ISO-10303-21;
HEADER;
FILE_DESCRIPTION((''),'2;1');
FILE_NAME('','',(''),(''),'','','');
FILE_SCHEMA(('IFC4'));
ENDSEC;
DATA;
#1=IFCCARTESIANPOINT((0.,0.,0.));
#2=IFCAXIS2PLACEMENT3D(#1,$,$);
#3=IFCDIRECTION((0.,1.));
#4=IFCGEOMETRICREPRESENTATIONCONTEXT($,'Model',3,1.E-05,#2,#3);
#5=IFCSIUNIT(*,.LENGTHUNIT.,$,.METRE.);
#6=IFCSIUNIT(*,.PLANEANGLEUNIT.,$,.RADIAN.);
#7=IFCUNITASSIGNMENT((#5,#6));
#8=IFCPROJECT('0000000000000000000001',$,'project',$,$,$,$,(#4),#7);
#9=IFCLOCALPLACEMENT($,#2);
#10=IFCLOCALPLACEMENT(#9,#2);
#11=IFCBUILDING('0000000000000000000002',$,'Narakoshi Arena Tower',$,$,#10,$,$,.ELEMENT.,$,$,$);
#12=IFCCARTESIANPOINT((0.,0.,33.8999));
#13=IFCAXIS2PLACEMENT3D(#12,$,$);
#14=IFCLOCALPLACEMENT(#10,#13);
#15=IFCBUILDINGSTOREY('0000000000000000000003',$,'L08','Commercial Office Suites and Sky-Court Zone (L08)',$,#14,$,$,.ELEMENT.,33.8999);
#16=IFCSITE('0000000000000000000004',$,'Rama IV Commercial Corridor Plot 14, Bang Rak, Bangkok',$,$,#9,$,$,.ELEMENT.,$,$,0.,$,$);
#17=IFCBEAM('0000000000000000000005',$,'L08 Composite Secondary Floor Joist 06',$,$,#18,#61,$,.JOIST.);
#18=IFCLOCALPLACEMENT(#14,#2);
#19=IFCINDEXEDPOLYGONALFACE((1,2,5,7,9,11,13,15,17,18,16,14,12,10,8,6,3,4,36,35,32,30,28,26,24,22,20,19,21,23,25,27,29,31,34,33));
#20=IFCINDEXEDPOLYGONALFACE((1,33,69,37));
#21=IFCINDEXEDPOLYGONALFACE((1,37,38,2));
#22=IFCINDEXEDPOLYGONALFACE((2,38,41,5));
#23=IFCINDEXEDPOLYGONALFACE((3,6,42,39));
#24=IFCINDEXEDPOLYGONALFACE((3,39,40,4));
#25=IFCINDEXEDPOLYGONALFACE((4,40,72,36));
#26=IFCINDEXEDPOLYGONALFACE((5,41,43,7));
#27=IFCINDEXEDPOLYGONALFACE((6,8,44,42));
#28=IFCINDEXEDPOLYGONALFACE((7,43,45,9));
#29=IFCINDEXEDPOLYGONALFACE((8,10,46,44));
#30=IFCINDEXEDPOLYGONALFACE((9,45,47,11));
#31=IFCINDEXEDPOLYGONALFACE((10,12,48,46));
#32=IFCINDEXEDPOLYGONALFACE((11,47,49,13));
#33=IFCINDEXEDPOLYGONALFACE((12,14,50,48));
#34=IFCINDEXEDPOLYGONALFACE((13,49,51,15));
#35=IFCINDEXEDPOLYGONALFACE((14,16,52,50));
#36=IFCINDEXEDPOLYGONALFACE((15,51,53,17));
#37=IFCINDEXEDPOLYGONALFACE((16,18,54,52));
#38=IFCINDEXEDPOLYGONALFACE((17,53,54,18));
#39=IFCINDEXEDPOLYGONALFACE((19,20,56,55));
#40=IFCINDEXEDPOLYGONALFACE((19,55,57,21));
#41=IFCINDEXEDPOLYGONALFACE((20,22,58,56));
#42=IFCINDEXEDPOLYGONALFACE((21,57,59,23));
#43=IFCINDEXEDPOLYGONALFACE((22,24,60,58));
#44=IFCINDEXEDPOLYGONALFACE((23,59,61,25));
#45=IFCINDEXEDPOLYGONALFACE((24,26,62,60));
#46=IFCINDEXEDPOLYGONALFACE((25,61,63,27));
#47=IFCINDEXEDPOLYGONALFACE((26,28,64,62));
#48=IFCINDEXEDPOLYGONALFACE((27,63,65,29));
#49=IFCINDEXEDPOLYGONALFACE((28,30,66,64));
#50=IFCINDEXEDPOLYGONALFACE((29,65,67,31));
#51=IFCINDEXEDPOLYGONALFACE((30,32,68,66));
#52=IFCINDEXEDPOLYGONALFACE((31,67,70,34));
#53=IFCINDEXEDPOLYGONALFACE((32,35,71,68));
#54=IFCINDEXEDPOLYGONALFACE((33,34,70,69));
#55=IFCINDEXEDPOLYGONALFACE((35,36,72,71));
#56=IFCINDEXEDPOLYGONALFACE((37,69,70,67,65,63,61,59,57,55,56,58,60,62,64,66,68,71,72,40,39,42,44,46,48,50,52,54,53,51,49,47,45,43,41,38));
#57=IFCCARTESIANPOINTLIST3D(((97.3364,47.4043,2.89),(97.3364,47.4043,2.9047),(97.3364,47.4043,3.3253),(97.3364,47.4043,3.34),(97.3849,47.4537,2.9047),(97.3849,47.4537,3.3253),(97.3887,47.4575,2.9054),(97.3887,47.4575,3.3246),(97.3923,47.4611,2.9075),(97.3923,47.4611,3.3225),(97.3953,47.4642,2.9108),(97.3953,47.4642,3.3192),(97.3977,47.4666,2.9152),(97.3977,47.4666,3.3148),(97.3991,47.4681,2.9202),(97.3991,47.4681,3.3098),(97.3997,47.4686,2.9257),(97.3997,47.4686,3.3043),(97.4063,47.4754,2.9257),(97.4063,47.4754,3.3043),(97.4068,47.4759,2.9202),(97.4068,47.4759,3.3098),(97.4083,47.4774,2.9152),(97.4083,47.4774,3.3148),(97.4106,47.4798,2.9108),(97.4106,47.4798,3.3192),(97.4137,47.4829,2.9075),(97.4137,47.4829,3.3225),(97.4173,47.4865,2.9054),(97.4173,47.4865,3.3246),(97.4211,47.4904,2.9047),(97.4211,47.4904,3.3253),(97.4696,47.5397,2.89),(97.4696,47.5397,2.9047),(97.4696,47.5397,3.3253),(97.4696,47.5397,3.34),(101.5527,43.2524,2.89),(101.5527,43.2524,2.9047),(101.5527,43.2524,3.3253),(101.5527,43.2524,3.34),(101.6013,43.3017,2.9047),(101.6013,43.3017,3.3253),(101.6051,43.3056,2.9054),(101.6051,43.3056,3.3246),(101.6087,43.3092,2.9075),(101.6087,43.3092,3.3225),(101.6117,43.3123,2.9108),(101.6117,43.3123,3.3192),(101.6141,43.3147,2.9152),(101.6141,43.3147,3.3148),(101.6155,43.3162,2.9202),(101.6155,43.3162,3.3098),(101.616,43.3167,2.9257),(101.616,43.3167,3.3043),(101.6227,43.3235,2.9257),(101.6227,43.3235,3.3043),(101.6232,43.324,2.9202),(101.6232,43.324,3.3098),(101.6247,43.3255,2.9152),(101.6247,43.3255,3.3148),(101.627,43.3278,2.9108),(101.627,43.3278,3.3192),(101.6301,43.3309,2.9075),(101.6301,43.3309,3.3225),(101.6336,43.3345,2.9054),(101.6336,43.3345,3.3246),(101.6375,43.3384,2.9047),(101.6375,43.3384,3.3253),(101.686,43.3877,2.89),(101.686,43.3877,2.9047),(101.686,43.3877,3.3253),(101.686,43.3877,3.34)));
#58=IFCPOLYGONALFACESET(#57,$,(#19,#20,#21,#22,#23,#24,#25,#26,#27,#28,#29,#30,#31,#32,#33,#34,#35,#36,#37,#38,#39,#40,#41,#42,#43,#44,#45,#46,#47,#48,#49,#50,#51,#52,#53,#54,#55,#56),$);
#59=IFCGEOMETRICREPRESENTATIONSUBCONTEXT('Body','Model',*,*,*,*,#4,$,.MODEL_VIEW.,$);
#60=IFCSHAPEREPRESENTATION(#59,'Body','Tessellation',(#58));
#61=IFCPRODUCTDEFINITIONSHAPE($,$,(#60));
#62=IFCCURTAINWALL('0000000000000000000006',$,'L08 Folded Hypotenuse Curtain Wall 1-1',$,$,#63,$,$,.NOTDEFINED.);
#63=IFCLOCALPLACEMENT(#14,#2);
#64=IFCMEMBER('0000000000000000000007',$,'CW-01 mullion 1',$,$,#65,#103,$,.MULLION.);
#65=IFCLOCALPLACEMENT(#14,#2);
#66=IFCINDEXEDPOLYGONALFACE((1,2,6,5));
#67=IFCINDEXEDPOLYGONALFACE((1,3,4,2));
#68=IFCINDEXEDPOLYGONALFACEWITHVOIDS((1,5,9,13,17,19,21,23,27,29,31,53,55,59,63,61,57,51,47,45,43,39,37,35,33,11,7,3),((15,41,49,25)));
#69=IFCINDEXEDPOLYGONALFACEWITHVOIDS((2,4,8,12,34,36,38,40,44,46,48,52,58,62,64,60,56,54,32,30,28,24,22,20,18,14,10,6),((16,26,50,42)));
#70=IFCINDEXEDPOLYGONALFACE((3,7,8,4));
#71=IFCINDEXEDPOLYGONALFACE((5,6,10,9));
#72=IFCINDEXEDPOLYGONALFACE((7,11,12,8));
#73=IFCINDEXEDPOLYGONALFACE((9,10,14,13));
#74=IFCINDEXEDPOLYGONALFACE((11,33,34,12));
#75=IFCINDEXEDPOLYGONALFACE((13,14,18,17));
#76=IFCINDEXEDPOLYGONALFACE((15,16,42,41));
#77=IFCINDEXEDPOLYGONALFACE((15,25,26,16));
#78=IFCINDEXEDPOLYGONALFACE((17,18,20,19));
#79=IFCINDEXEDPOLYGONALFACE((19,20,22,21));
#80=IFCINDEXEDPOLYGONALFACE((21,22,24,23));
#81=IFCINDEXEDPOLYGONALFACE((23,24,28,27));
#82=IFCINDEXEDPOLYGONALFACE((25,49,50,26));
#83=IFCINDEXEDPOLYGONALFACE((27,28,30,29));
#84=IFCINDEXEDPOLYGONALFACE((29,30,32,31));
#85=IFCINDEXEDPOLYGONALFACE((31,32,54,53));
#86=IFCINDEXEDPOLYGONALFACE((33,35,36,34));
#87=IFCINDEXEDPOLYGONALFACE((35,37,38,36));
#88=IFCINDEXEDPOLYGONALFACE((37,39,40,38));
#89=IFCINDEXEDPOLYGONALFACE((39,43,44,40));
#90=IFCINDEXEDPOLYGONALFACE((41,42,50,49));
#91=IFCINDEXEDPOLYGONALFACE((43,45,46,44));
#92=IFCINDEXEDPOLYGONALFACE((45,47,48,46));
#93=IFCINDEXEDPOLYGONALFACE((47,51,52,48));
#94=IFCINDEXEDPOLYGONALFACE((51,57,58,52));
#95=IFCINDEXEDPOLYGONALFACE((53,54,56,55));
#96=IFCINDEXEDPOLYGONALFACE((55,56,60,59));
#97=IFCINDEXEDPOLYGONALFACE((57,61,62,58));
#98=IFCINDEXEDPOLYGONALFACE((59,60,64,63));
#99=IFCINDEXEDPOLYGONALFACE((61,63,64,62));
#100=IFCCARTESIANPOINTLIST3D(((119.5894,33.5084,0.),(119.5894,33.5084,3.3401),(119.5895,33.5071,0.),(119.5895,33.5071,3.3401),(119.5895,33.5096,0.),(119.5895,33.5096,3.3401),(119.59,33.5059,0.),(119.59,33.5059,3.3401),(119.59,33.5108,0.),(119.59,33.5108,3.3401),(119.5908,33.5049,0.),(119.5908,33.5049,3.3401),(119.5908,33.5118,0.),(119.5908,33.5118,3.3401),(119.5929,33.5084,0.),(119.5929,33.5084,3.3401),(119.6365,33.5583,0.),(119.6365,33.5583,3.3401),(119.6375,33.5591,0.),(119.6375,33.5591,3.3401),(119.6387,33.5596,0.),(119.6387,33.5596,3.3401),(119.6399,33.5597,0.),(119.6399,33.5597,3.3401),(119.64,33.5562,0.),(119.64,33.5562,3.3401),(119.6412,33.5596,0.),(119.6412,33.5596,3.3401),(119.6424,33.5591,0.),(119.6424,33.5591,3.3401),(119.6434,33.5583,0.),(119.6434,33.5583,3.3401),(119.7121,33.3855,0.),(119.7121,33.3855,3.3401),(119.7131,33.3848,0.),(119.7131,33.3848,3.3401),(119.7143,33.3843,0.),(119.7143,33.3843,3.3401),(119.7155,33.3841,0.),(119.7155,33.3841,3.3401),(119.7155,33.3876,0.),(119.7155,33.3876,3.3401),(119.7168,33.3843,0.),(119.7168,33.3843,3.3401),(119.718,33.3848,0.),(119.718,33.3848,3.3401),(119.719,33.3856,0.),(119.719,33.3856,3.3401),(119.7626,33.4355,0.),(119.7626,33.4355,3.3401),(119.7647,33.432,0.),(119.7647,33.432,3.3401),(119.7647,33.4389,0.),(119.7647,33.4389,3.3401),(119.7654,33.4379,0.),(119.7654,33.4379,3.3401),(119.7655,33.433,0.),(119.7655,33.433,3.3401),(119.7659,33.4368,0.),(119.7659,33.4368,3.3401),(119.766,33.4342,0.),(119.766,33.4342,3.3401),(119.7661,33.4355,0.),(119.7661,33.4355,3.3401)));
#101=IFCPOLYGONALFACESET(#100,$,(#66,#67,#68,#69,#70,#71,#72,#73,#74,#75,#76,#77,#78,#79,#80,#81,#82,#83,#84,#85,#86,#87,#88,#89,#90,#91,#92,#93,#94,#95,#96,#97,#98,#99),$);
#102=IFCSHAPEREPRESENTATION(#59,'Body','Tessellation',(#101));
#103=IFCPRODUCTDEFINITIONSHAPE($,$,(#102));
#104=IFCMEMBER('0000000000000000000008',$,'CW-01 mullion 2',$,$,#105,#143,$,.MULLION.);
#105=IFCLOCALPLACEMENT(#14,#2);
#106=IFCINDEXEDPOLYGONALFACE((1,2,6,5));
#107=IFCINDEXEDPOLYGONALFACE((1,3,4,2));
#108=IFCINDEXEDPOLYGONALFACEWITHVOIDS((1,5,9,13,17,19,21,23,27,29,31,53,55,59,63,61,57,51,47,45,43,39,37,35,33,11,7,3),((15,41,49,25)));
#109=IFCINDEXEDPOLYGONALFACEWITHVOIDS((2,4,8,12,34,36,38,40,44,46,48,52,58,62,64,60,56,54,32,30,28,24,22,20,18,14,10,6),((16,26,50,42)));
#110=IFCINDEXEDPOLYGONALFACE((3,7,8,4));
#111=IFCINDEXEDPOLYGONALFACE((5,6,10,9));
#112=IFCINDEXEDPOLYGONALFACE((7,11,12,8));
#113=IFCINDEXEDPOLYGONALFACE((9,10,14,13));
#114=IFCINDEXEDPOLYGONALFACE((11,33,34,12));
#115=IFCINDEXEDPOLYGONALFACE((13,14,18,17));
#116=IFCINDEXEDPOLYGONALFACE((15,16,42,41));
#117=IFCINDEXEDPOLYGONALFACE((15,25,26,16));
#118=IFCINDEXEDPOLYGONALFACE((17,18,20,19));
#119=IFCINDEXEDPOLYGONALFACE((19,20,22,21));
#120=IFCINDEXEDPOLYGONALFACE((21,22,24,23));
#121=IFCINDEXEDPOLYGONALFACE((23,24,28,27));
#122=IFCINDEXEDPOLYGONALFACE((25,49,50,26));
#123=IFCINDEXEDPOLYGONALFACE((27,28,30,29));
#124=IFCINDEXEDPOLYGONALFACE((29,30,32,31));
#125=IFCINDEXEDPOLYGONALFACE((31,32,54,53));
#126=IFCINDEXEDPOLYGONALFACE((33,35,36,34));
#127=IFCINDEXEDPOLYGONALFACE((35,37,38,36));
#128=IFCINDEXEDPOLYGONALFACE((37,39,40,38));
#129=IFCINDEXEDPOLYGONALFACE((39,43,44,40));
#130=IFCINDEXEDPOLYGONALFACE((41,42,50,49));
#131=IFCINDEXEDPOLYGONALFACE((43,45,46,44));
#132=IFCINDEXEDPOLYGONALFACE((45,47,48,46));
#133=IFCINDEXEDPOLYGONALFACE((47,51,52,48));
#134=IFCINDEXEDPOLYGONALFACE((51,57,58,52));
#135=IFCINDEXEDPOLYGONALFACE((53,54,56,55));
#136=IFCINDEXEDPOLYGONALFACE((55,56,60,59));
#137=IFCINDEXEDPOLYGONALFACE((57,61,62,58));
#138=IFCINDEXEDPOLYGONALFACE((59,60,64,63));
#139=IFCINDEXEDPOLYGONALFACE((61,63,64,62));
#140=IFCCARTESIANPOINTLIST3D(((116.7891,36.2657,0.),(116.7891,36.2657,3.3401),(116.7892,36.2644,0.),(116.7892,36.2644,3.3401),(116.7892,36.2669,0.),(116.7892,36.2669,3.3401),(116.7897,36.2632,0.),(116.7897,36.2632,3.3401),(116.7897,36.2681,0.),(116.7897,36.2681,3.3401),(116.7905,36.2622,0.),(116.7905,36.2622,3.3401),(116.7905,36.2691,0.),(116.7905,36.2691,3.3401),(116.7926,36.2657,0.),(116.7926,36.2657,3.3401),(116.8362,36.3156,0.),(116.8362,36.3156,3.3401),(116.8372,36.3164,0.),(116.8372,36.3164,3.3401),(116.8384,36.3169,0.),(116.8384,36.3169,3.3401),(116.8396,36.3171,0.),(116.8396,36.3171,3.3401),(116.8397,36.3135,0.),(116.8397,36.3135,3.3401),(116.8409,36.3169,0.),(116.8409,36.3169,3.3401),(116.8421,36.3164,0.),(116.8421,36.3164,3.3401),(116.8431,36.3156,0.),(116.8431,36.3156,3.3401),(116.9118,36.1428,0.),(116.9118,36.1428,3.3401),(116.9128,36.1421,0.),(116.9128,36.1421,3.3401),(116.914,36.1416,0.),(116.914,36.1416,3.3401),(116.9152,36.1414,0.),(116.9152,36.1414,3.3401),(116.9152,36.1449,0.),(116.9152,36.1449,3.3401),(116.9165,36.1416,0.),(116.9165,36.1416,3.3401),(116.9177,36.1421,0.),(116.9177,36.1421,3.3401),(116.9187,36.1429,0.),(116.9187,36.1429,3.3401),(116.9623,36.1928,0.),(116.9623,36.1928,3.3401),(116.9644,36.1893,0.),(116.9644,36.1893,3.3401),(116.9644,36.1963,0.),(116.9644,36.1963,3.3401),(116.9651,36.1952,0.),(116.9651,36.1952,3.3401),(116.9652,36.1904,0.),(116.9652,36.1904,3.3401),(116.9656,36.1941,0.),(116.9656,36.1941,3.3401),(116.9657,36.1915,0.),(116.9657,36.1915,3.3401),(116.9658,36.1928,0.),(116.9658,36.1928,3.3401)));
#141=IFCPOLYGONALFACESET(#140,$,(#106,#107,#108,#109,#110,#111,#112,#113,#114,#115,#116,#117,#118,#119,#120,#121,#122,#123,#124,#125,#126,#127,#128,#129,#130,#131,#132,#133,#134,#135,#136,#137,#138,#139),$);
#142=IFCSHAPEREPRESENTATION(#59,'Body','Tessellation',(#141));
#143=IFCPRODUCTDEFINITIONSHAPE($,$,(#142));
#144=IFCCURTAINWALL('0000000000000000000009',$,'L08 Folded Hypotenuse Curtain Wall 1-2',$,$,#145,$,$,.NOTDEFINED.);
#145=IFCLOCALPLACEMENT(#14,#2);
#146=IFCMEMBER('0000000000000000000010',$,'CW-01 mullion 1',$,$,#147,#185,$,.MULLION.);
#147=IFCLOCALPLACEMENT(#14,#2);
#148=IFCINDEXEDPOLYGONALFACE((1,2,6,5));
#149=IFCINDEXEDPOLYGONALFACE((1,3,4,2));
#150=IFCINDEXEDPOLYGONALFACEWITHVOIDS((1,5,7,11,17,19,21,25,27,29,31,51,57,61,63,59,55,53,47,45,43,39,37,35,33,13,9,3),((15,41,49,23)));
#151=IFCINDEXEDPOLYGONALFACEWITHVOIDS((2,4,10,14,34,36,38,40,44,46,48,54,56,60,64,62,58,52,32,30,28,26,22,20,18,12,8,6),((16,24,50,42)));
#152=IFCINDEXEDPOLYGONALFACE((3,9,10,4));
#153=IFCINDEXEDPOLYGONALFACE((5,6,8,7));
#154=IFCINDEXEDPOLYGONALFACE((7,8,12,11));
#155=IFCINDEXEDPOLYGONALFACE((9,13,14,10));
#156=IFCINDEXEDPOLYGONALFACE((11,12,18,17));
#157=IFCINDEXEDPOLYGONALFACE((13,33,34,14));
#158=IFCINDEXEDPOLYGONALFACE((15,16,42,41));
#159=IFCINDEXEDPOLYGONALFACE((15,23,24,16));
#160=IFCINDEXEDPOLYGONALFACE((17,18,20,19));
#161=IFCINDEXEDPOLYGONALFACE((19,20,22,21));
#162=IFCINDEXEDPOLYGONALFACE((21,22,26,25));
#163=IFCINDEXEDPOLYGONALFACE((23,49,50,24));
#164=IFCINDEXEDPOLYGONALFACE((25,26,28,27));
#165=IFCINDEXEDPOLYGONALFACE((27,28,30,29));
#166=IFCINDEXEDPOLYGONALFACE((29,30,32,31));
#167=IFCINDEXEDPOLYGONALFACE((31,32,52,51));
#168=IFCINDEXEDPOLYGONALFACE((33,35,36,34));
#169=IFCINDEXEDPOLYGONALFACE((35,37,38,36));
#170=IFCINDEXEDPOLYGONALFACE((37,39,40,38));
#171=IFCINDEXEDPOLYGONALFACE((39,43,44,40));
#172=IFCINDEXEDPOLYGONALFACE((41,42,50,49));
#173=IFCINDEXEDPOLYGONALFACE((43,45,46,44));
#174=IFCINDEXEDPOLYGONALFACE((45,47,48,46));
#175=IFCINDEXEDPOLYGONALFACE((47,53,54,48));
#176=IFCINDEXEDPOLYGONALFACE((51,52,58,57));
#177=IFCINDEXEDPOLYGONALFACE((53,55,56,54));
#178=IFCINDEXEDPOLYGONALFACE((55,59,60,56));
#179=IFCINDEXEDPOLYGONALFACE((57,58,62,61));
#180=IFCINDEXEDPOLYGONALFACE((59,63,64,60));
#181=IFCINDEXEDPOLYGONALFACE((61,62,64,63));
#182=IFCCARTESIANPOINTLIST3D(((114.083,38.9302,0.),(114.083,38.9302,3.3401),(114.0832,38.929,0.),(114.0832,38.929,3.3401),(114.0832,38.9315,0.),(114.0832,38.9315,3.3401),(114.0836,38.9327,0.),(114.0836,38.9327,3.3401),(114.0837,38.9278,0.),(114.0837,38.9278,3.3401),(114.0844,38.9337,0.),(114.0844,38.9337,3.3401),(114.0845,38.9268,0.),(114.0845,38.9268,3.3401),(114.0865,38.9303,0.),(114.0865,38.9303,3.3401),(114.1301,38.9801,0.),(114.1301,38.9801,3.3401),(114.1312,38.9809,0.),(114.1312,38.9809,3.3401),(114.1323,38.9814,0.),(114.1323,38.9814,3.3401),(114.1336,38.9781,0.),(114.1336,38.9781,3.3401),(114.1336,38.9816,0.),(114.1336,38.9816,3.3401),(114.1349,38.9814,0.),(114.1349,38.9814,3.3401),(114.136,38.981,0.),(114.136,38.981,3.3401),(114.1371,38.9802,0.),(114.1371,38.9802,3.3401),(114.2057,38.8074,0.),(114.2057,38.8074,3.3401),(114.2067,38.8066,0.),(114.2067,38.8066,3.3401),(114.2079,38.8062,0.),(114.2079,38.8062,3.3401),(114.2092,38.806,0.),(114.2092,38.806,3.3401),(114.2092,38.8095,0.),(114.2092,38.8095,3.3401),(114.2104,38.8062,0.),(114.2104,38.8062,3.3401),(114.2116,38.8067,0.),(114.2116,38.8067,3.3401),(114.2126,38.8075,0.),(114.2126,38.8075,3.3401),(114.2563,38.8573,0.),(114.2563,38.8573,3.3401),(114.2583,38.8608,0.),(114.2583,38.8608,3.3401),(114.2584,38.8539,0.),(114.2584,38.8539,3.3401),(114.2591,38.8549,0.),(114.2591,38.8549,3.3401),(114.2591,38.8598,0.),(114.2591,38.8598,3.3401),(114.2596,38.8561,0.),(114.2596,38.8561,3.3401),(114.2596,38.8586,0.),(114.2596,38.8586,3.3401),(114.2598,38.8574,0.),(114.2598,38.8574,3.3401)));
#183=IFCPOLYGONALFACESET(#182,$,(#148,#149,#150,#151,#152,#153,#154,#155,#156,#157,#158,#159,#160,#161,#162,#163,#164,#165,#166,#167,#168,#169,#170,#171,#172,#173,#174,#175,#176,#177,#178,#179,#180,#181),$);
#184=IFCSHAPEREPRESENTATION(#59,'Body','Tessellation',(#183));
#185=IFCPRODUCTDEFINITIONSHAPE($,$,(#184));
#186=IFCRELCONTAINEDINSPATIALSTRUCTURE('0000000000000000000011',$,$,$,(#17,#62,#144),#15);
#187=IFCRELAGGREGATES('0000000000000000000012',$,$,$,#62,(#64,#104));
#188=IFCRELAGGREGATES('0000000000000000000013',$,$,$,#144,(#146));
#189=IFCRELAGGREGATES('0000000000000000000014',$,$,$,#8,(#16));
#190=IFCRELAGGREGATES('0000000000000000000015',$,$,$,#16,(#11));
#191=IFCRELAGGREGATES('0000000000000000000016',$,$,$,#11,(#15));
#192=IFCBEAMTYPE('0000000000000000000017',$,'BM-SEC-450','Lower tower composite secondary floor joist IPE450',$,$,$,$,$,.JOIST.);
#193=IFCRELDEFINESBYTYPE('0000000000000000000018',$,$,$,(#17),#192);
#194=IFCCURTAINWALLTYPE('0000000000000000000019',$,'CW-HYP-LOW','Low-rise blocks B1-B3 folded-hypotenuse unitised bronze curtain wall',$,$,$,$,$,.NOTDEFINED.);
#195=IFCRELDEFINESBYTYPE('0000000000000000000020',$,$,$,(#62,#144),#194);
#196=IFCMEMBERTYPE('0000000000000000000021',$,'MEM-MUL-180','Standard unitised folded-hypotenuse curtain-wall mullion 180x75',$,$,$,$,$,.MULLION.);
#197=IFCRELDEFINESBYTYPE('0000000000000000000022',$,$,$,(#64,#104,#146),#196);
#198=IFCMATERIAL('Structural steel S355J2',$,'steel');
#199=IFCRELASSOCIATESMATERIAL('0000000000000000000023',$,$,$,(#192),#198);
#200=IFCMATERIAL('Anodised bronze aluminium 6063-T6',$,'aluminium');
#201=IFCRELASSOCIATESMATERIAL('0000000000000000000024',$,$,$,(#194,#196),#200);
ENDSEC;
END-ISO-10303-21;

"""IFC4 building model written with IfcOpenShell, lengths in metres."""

from ifc_helpers import new_model, si_unit, direction, frame, origin, origin_2d, place, context, subcontext, project, spatial, hollow_rectangle, i_section, extrude, material, material_profile, profile_set, type_object, element, aggregate, save


model = new_model("IFC4")

# Units and contexts
model_context = context("Model", 3, precision=1e-05, world=origin(), true_north=direction((0.0, 1.0)))
body_context = subcontext(model_context, "Body", "Model", "MODEL_VIEW")
ifc_project = project(units=[si_unit("LENGTHUNIT", "METRE"), si_unit("PLANEANGLEUNIT", "RADIAN")], contexts=[model_context])

# Site, building, storey
site_placement = place(None, origin())
site = spatial("IfcSite", under=ifc_project, at=site_placement, Name="Rama IV Commercial Corridor Plot 14, Bang Rak, Bangkok", CompositionType="ELEMENT", RefElevation=0.0)
building_placement = place(site_placement, origin())
building = spatial("IfcBuilding", under=site, at=building_placement, Name="Narakoshi Arena Tower", CompositionType="ELEMENT")
storey_placement = place(building_placement, frame((0.0, 0.0, 33.8999)))
storey = spatial("IfcBuildingStorey", under=building, at=storey_placement, Name="L08", Description="Commercial Office Suites and Sky-Court Zone (L08)", CompositionType="ELEMENT", Elevation=33.8999)

# Beam
ifc_material_1 = material(Name="Structural steel S355J2", Category="steel")
ifc_material_profile_1 = material_profile(ifc_material_1, i_section(OverallWidth=0.1899, OverallDepth=0.45, WebThickness=0.0095, FlangeThickness=0.0146, FilletRadius=0.021, at=origin_2d()), Name="IPE450")
ifc_profile_set_1 = profile_set([ifc_material_profile_1], Name="Structural steel S355J2")
beam_type_1 = type_object("IfcBeamType", Name="BM-SEC-450", Description="Lower tower composite secondary floor joist IPE450", PredefinedType="JOIST", material=ifc_profile_set_1)
beam_1_placement = place(storey_placement, frame((101.6194, 43.3201, 3.115), z_axis=(-0.712532, 0.70164, 0.0), x_axis=(-0.70164, -0.712532, 0.0)))
element("IfcBeam", 1, at=beam_1_placement, inside=storey, type_object=beam_type_1, Name="L08 Composite Secondary Floor Joist 06", PredefinedType="JOIST", context=body_context, shape_type="SweptSolid", body=[
    extrude(i_section(OverallWidth=0.1899, OverallDepth=0.45, WebThickness=0.0095, FlangeThickness=0.0146, FilletRadius=0.021, at=origin_2d()), origin(), (0.0, 0.0, 1.0), 5.9175),
])

# Curtain walls, members
ifc_material_2 = material(Name="Anodised bronze aluminium 6063-T6", Category="aluminium")
curtain_wall_type = type_object("IfcCurtainWallType", Name="CW-HYP-LOW", Description="Low-rise blocks B1-B3 folded-hypotenuse unitised bronze curtain wall", PredefinedType="NOTDEFINED", material=ifc_material_2)
curtain_wall_1_placement = place(storey_placement, origin())
curtain_wall_1 = element("IfcCurtainWall", 2, at=curtain_wall_1_placement, inside=storey, type_object=curtain_wall_type, Name="L08 Folded Hypotenuse Curtain Wall 1-1", PredefinedType="NOTDEFINED")
ifc_material_profile_2 = material_profile(ifc_material_2, hollow_rectangle(XDim=0.075, YDim=0.1799, WallThickness=0.0039, OuterFilletRadius=0.0049, at=origin_2d()), Name="MUL180x75x4")
ifc_profile_set_2 = profile_set([ifc_material_profile_2], Name="Anodised bronze aluminium 6063-T6")
member_type_1 = type_object("IfcMemberType", Name="MEM-MUL-180", Description="Standard unitised folded-hypotenuse curtain-wall mullion 180x75", PredefinedType="MULLION", material=ifc_profile_set_2)
member_1_placement = place(storey_placement, frame((119.6777, 33.4719, 0.0), z_axis=(0.0, 0.0, 1.0), x_axis=(-0.70163, -0.712541, 0.0)))
member_1 = element("IfcMember", 3, at=member_1_placement, type_object=member_type_1, Name="CW-01 mullion 1", PredefinedType="MULLION", context=body_context, shape_type="SweptSolid", body=[
    extrude(hollow_rectangle(XDim=0.075, YDim=0.1799, WallThickness=0.0039, OuterFilletRadius=0.0049, at=origin_2d()), origin(), (0.0, 0.0, 1.0), 3.3401),
])
member_2_placement = place(storey_placement, frame((116.8774, 36.2292, 0.0), z_axis=(0.0, 0.0, 1.0), x_axis=(-0.70163, -0.712541, 0.0)))
member_2 = element("IfcMember", 4, at=member_2_placement, type_object=member_type_1, Name="CW-01 mullion 2", PredefinedType="MULLION", context=body_context, shape_type="SweptSolid", body=[
    extrude(hollow_rectangle(XDim=0.075, YDim=0.1799, WallThickness=0.0039, OuterFilletRadius=0.0049, at=origin_2d()), origin(), (0.0, 0.0, 1.0), 3.3401),
])
curtain_wall_2_placement = place(storey_placement, origin())
curtain_wall_2 = element("IfcCurtainWall", 5, at=curtain_wall_2_placement, inside=storey, type_object=curtain_wall_type, Name="L08 Folded Hypotenuse Curtain Wall 1-2", PredefinedType="NOTDEFINED")
member_3_placement = place(storey_placement, frame((114.1714, 38.8938, 0.0), z_axis=(0.0, 0.0, 1.0), x_axis=(-0.701623, -0.712548, 0.0)))
member_3 = element("IfcMember", 6, at=member_3_placement, type_object=member_type_1, Name="CW-01 mullion 1", PredefinedType="MULLION", context=body_context, shape_type="SweptSolid", body=[
    extrude(hollow_rectangle(XDim=0.075, YDim=0.1799, WallThickness=0.0039, OuterFilletRadius=0.0049, at=origin_2d()), origin(), (0.0, 0.0, 1.0), 3.3401),
])

aggregate(curtain_wall_1, [member_1, member_2])
aggregate(curtain_wall_2, [member_3])

save(model, "model.ifc")
